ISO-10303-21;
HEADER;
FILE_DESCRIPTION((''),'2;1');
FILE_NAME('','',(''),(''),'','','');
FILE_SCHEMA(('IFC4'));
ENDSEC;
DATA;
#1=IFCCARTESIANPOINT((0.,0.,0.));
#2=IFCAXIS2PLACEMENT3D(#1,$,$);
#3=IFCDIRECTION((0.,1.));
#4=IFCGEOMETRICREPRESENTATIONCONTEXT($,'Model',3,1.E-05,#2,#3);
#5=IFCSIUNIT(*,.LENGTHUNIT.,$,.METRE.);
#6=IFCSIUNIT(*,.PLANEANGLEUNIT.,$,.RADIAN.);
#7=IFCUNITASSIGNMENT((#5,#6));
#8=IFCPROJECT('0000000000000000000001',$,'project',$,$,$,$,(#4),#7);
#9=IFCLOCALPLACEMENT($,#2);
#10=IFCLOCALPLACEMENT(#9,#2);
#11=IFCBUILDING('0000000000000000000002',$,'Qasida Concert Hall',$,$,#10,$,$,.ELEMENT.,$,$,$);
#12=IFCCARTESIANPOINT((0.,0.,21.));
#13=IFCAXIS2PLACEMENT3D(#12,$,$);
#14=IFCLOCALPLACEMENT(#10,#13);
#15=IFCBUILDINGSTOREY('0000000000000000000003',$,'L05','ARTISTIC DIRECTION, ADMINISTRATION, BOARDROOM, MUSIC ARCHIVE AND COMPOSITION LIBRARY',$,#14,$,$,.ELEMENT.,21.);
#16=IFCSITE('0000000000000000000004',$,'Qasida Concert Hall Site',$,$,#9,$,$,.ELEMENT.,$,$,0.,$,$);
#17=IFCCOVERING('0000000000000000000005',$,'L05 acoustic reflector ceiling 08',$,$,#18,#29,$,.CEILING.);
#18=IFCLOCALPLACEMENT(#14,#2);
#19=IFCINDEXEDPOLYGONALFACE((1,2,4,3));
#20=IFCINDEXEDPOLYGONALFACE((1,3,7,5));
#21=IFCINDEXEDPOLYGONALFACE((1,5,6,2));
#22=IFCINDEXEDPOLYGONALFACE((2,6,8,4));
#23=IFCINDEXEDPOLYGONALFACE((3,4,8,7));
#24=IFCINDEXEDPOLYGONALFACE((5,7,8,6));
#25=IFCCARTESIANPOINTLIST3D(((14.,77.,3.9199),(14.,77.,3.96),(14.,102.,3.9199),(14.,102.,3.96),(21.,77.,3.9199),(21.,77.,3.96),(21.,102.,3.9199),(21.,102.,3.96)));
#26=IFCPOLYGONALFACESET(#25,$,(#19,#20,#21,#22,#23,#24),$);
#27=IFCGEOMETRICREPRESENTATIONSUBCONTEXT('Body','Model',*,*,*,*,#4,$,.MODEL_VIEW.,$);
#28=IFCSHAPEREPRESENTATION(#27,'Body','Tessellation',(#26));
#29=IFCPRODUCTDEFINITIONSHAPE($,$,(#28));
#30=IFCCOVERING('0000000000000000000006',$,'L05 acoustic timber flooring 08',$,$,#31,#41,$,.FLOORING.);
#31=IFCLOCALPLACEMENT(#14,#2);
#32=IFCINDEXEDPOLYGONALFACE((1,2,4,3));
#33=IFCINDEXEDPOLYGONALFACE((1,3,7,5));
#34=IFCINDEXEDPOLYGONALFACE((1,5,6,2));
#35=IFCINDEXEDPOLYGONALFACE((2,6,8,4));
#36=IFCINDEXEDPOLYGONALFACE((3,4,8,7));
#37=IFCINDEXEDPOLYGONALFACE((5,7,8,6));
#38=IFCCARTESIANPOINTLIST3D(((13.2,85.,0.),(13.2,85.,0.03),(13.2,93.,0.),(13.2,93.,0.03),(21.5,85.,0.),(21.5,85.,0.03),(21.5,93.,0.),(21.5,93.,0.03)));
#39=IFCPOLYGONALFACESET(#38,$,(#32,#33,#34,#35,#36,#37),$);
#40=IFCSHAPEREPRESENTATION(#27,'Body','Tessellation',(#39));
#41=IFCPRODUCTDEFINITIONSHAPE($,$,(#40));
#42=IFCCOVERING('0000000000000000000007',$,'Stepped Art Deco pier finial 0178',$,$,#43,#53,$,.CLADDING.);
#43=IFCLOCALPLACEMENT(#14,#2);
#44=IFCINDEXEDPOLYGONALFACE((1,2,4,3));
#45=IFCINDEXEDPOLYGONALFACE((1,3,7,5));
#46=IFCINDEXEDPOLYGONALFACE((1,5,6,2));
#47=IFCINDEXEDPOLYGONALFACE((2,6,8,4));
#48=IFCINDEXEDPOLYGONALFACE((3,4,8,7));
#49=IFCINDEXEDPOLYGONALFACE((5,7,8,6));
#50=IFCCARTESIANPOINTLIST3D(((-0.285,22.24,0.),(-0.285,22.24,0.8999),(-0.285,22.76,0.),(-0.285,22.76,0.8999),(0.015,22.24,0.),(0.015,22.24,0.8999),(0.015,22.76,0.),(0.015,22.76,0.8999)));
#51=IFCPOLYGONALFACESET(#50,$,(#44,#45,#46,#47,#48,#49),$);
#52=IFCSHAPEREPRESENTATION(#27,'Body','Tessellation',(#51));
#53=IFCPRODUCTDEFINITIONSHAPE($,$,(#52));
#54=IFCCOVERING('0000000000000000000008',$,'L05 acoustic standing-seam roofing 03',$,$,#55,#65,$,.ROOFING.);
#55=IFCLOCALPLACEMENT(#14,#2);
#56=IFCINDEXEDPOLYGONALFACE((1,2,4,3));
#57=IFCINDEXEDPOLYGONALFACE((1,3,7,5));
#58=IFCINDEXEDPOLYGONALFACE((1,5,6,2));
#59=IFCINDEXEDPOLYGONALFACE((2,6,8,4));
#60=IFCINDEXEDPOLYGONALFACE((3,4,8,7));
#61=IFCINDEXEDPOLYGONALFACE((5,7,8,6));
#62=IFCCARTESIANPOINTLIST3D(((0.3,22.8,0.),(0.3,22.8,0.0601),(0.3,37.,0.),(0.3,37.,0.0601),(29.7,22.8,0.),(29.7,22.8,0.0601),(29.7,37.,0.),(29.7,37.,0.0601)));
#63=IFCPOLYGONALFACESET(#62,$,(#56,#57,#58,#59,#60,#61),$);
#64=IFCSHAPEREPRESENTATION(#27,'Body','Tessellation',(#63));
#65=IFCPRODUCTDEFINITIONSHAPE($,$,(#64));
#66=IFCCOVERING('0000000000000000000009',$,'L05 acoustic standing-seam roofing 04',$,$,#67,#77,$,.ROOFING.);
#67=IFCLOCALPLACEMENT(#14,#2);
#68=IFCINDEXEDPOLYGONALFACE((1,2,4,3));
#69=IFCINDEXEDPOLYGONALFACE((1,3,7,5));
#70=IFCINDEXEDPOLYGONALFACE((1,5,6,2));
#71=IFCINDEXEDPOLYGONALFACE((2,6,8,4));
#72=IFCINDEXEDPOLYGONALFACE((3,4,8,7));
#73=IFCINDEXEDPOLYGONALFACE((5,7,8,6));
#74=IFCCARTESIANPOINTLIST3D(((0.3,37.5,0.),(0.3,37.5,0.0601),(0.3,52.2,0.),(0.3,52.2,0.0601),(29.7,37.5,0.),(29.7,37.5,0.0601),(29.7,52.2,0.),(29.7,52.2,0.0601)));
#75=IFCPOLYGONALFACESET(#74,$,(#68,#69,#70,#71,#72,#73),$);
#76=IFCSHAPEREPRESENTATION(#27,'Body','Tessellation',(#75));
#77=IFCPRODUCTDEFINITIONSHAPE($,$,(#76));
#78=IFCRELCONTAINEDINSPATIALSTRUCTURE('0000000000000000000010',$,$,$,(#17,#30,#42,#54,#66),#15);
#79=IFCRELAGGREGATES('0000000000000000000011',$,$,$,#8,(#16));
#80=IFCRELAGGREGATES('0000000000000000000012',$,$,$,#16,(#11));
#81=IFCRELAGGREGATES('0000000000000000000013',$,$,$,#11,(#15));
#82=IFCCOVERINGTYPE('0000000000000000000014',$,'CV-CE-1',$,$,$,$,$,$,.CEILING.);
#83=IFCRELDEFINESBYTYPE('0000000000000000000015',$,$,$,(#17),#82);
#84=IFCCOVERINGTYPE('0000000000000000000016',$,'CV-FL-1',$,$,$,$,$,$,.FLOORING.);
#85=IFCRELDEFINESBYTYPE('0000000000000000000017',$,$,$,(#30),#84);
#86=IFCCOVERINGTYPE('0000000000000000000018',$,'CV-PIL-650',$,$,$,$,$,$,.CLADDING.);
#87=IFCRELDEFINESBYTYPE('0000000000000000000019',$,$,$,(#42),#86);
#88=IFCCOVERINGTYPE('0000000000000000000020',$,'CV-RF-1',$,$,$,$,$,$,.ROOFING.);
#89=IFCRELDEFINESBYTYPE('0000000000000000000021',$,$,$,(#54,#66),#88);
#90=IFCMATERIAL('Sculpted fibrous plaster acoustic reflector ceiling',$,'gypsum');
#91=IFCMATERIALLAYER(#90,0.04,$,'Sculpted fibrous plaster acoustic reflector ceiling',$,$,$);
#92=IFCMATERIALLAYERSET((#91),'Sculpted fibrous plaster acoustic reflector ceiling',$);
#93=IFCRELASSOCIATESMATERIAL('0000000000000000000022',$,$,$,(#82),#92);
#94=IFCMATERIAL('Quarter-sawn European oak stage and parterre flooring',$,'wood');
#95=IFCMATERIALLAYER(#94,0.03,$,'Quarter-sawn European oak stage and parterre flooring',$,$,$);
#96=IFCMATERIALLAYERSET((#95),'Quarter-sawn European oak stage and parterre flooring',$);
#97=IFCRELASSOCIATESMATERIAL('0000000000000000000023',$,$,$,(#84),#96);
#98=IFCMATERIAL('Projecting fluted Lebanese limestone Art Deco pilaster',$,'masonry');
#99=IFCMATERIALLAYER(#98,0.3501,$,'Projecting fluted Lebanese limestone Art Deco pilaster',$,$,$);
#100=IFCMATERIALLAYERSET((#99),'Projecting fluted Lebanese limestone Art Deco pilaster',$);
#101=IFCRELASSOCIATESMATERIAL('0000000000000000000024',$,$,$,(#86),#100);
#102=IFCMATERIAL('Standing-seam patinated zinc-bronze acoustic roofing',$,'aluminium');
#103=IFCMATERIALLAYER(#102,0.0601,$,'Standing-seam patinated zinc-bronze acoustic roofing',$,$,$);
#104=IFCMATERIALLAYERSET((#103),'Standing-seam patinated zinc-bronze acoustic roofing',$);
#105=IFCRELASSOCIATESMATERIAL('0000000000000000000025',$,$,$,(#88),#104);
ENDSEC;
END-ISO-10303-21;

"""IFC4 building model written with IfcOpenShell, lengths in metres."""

from ifc_helpers import new_model, si_unit, direction, frame, origin, origin_2d, place, context, subcontext, project, spatial, polyline, rectangle, outline, extrude, material, layer, layer_set, type_object, element, save


model = new_model("IFC4")

# Units and contexts
model_context = context("Model", 3, precision=1e-05, world=origin(), true_north=direction((0.0, 1.0)))
body_context = subcontext(model_context, "Body", "Model", "MODEL_VIEW")
ifc_project = project(units=[si_unit("LENGTHUNIT", "METRE"), si_unit("PLANEANGLEUNIT", "RADIAN")], contexts=[model_context])

# Site, building, storey
site_placement = place(None, origin())
site = spatial("IfcSite", under=ifc_project, at=site_placement, Name="Qasida Concert Hall Site", CompositionType="ELEMENT", RefElevation=0.0)
building_placement = place(site_placement, origin())
building = spatial("IfcBuilding", under=site, at=building_placement, Name="Qasida Concert Hall", CompositionType="ELEMENT")
storey_placement = place(building_placement, frame((0.0, 0.0, 21.0)))
storey = spatial("IfcBuildingStorey", under=building, at=storey_placement, Name="L05", Description="ARTISTIC DIRECTION, ADMINISTRATION, BOARDROOM, MUSIC ARCHIVE AND COMPOSITION LIBRARY", CompositionType="ELEMENT", Elevation=21.0)

# Coverings
ifc_material_1 = material(Name="Sculpted fibrous plaster acoustic reflector ceiling", Category="gypsum")
ifc_layer_1 = layer(ifc_material_1, 0.04, Name="Sculpted fibrous plaster acoustic reflector ceiling")
ifc_layer_set_1 = layer_set([ifc_layer_1], Name="Sculpted fibrous plaster acoustic reflector ceiling")
covering_type_1 = type_object("IfcCoveringType", Name="CV-CE-1", PredefinedType="CEILING", material=ifc_layer_set_1)
covering_1_placement = place(storey_placement, frame((0.0, 0.0, 3.9199)))
element("IfcCovering", 1, at=covering_1_placement, inside=storey, type_object=covering_type_1, Name="L05 acoustic reflector ceiling 08", PredefinedType="CEILING", context=body_context, shape_type="SweptSolid", body=[
    extrude(outline(polyline([(14.0, 77.0), (21.0, 77.0), (21.0, 102.0), (14.0, 102.0), (14.0, 77.0)])), origin(), (0.0, 0.0, 1.0), 0.04),
])
ifc_material_2 = material(Name="Quarter-sawn European oak stage and parterre flooring", Category="wood")
ifc_layer_2 = layer(ifc_material_2, 0.03, Name="Quarter-sawn European oak stage and parterre flooring")
ifc_layer_set_2 = layer_set([ifc_layer_2], Name="Quarter-sawn European oak stage and parterre flooring")
covering_type_2 = type_object("IfcCoveringType", Name="CV-FL-1", PredefinedType="FLOORING", material=ifc_layer_set_2)
covering_2_placement = place(storey_placement, origin())
element("IfcCovering", 2, at=covering_2_placement, inside=storey, type_object=covering_type_2, Name="L05 acoustic timber flooring 08", PredefinedType="FLOORING", context=body_context, shape_type="SweptSolid", body=[
    extrude(outline(polyline([(13.2, 85.0), (21.5, 85.0), (21.5, 93.0), (13.2, 93.0), (13.2, 85.0)])), origin(), (0.0, 0.0, 1.0), 0.03),
])
ifc_material_3 = material(Name="Projecting fluted Lebanese limestone Art Deco pilaster", Category="masonry")
ifc_layer_3 = layer(ifc_material_3, 0.3501, Name="Projecting fluted Lebanese limestone Art Deco pilaster")
ifc_layer_set_3 = layer_set([ifc_layer_3], Name="Projecting fluted Lebanese limestone Art Deco pilaster")
covering_type_3 = type_object("IfcCoveringType", Name="CV-PIL-650", PredefinedType="CLADDING", material=ifc_layer_set_3)
covering_3_placement = place(storey_placement, frame((-0.135, 22.5, 0.0), z_axis=(0.0, 0.0, 1.0), x_axis=(1.0, 0.0, 0.0)))
element("IfcCovering", 3, at=covering_3_placement, inside=storey, type_object=covering_type_3, Name="Stepped Art Deco pier finial 0178", PredefinedType="CLADDING", context=body_context, shape_type="SweptSolid", body=[
    extrude(rectangle(XDim=0.3, YDim=0.52, at=origin_2d()), origin(), (0.0, 0.0, 1.0), 0.8999),
])
ifc_material_4 = material(Name="Standing-seam patinated zinc-bronze acoustic roofing", Category="aluminium")
ifc_layer_4 = layer(ifc_material_4, 0.0601, Name="Standing-seam patinated zinc-bronze acoustic roofing")
ifc_layer_set_4 = layer_set([ifc_layer_4], Name="Standing-seam patinated zinc-bronze acoustic roofing")
covering_type_4 = type_object("IfcCoveringType", Name="CV-RF-1", PredefinedType="ROOFING", material=ifc_layer_set_4)
covering_4_placement = place(storey_placement, origin())
element("IfcCovering", 4, at=covering_4_placement, inside=storey, type_object=covering_type_4, Name="L05 acoustic standing-seam roofing 03", PredefinedType="ROOFING", context=body_context, shape_type="SweptSolid", body=[
    extrude(outline(polyline([(0.3, 22.8), (29.7, 22.8), (29.7, 37.0), (0.3, 37.0), (0.3, 22.8)])), origin(), (0.0, 0.0, 1.0), 0.0601),
])
covering_5_placement = place(storey_placement, origin())
element("IfcCovering", 5, at=covering_5_placement, inside=storey, type_object=covering_type_4, Name="L05 acoustic standing-seam roofing 04", PredefinedType="ROOFING", context=body_context, shape_type="SweptSolid", body=[
    extrude(outline(polyline([(0.3, 37.5), (29.7, 37.5), (29.7, 52.2), (0.3, 52.2), (0.3, 37.5)])), origin(), (0.0, 0.0, 1.0), 0.0601),
])

save(model, "model.ifc")
